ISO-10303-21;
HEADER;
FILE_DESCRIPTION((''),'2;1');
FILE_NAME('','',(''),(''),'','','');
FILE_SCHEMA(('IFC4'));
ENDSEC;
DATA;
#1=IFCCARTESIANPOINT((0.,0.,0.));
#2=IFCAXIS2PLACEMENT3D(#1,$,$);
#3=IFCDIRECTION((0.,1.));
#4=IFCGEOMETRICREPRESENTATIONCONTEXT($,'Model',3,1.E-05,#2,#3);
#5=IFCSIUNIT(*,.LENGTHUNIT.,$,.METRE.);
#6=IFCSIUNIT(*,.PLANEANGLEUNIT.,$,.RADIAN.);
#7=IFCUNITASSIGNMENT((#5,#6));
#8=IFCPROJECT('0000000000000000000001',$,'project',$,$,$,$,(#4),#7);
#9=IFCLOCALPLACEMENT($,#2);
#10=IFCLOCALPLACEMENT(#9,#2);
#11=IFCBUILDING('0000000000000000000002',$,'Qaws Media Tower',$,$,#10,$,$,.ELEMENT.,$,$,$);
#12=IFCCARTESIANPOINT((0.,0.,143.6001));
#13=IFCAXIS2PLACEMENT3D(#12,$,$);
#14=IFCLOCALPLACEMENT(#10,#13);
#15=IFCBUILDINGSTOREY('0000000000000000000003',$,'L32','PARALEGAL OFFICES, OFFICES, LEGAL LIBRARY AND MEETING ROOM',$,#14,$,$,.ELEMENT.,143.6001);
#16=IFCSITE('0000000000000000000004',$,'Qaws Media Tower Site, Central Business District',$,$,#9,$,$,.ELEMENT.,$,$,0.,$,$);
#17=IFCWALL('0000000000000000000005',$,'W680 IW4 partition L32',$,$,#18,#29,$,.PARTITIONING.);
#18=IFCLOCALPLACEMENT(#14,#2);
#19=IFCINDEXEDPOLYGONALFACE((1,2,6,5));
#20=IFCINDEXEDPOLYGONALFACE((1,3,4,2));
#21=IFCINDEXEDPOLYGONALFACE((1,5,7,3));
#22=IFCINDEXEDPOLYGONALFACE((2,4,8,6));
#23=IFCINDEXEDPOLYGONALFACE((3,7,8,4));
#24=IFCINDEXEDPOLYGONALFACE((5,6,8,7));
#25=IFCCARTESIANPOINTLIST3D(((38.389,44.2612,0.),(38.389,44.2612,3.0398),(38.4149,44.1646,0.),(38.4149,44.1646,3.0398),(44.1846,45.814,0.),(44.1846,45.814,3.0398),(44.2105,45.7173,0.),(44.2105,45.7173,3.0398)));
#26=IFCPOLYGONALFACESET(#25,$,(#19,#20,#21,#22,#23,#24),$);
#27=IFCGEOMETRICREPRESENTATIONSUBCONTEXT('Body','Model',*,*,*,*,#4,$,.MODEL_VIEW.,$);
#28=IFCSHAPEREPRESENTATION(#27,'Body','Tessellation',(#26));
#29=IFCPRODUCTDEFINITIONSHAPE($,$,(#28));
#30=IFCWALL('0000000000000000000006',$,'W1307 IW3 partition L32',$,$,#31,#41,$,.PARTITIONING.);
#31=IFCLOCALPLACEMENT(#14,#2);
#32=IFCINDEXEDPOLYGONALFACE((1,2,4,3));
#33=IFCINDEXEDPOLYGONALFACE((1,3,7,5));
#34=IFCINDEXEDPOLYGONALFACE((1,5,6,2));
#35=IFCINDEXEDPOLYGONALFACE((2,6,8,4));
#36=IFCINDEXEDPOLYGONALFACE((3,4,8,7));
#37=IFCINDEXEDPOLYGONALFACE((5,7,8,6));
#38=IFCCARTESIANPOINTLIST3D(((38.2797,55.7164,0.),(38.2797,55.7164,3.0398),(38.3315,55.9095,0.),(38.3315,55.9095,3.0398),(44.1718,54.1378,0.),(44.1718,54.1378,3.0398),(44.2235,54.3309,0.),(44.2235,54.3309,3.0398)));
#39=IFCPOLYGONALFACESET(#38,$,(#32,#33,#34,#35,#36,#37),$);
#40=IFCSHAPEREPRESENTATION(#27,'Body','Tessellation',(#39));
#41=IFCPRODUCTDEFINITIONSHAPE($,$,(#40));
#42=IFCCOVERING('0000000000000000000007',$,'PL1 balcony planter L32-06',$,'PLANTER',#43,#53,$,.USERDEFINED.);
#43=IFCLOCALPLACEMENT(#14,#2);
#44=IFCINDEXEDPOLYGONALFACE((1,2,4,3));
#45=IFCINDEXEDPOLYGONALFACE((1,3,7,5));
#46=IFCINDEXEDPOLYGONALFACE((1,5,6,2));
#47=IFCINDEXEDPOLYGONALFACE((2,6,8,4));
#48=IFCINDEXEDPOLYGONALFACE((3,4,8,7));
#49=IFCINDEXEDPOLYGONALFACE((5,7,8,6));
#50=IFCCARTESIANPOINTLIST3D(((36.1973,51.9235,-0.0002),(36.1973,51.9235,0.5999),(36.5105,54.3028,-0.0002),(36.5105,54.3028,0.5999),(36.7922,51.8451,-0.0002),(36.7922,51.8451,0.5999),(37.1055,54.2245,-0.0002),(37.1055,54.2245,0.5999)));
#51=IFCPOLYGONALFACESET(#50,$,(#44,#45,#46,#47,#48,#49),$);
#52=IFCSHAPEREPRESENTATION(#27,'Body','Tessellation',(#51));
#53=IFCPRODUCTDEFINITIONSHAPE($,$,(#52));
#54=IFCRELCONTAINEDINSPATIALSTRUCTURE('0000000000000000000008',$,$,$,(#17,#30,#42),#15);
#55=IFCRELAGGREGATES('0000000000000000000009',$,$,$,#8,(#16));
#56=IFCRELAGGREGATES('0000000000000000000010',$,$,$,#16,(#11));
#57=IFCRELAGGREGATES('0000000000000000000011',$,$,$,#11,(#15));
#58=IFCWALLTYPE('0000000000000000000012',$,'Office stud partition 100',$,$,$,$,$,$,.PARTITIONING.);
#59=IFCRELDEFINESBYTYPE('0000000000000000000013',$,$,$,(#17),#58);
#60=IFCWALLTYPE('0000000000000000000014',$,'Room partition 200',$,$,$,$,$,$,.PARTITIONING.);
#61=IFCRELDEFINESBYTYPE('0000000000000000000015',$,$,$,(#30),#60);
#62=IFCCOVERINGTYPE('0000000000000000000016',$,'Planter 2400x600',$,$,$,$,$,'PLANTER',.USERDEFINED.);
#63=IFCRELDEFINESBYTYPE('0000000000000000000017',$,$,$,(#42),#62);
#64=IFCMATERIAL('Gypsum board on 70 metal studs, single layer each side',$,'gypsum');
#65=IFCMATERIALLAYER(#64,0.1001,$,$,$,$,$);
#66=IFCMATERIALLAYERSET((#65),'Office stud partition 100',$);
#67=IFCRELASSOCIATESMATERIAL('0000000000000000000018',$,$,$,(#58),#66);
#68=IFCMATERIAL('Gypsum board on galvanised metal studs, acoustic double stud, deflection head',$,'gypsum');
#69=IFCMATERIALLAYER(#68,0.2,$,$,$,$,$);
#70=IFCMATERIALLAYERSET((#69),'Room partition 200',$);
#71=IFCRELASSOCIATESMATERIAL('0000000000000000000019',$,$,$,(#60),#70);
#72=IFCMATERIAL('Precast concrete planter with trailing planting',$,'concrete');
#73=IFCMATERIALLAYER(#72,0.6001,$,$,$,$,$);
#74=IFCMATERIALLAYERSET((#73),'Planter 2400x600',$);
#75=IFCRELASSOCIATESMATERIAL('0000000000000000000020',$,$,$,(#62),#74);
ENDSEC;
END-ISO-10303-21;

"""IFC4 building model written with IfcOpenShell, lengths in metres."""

from ifc_helpers import new_model, si_unit, direction, frame, frame_2d, origin, origin_2d, place, context, subcontext, project, spatial, rectangle, extrude, material, layer, layer_set, type_object, element, save


model = new_model("IFC4")

# Units and contexts
model_context = context("Model", 3, precision=1e-05, world=origin(), true_north=direction((0.0, 1.0)))
body_context = subcontext(model_context, "Body", "Model", "MODEL_VIEW")
ifc_project = project(units=[si_unit("LENGTHUNIT", "METRE"), si_unit("PLANEANGLEUNIT", "RADIAN")], contexts=[model_context])

# Site, building, storey
site_placement = place(None, origin())
site = spatial("IfcSite", under=ifc_project, at=site_placement, Name="Qaws Media Tower Site, Central Business District", CompositionType="ELEMENT", RefElevation=0.0)
building_placement = place(site_placement, origin())
building = spatial("IfcBuilding", under=site, at=building_placement, Name="Qaws Media Tower", CompositionType="ELEMENT")
storey_placement = place(building_placement, frame((0.0, 0.0, 143.6001)))
storey = spatial("IfcBuildingStorey", under=building, at=storey_placement, Name="L32", Description="PARALEGAL OFFICES, OFFICES, LEGAL LIBRARY AND MEETING ROOM", CompositionType="ELEMENT", Elevation=143.6001)

# Walls
ifc_material_1 = material(Name="Gypsum board on 70 metal studs, single layer each side", Category="gypsum")
ifc_layer_1 = layer(ifc_material_1, 0.1001)
ifc_layer_set_1 = layer_set([ifc_layer_1], Name="Office stud partition 100")
wall_type_1 = type_object("IfcWallType", Name="Office stud partition 100", PredefinedType="PARTITIONING", material=ifc_layer_set_1)
wall_1_placement = place(storey_placement, frame((44.1975, 45.7656, 0.0), z_axis=(0.0, 0.0, 1.0), x_axis=(-0.965934, -0.258787, 0.0)))
element("IfcWall", 1, at=wall_1_placement, inside=storey, type_object=wall_type_1, Name="W680 IW4 partition L32", PredefinedType="PARTITIONING", context=body_context, shape_type="SweptSolid", body=[
    extrude(rectangle(XDim=6.0, YDim=0.1001, at=frame_2d((3.0, 0.0))), origin(), (0.0, 0.0, 1.0), 3.0398),
])
ifc_material_2 = material(Name="Gypsum board on galvanised metal studs, acoustic double stud, deflection head", Category="gypsum")
ifc_layer_2 = layer(ifc_material_2, 0.2)
ifc_layer_set_2 = layer_set([ifc_layer_2], Name="Room partition 200")
wall_type_2 = type_object("IfcWallType", Name="Room partition 200", PredefinedType="PARTITIONING", material=ifc_layer_set_2)
wall_2_placement = place(storey_placement, frame((44.1975, 54.2344, 0.0), z_axis=(0.0, 0.0, 1.0), x_axis=(-0.965933, 0.258793, 0.0)))
element("IfcWall", 2, at=wall_2_placement, inside=storey, type_object=wall_type_2, Name="W1307 IW3 partition L32", PredefinedType="PARTITIONING", context=body_context, shape_type="SweptSolid", body=[
    extrude(rectangle(XDim=6.0999, YDim=0.2, at=frame_2d((3.0498, 0.0))), origin(), (0.0, 0.0, 1.0), 3.0398),
])

# Covering
ifc_material_3 = material(Name="Precast concrete planter with trailing planting", Category="concrete")
ifc_layer_3 = layer(ifc_material_3, 0.6001)
ifc_layer_set_3 = layer_set([ifc_layer_3], Name="Planter 2400x600")
covering_type = type_object("IfcCoveringType", Name="Planter 2400x600", ElementType="PLANTER", PredefinedType="USERDEFINED", material=ifc_layer_set_3)
covering_placement = place(storey_placement, frame((36.6514, 53.074, -0.0002), z_axis=(0.0, 0.0, 1.0), x_axis=(-0.130526, -0.991445, 0.0)))
element("IfcCovering", 3, at=covering_placement, inside=storey, type_object=covering_type, Name="PL1 balcony planter L32-06", ObjectType="PLANTER", PredefinedType="USERDEFINED", context=body_context, shape_type="SweptSolid", body=[
    extrude(rectangle(XDim=2.3999, YDim=0.6001, at=origin_2d()), origin(), (0.0, 0.0, 1.0), 0.6001),
])

save(model, "model.ifc")
